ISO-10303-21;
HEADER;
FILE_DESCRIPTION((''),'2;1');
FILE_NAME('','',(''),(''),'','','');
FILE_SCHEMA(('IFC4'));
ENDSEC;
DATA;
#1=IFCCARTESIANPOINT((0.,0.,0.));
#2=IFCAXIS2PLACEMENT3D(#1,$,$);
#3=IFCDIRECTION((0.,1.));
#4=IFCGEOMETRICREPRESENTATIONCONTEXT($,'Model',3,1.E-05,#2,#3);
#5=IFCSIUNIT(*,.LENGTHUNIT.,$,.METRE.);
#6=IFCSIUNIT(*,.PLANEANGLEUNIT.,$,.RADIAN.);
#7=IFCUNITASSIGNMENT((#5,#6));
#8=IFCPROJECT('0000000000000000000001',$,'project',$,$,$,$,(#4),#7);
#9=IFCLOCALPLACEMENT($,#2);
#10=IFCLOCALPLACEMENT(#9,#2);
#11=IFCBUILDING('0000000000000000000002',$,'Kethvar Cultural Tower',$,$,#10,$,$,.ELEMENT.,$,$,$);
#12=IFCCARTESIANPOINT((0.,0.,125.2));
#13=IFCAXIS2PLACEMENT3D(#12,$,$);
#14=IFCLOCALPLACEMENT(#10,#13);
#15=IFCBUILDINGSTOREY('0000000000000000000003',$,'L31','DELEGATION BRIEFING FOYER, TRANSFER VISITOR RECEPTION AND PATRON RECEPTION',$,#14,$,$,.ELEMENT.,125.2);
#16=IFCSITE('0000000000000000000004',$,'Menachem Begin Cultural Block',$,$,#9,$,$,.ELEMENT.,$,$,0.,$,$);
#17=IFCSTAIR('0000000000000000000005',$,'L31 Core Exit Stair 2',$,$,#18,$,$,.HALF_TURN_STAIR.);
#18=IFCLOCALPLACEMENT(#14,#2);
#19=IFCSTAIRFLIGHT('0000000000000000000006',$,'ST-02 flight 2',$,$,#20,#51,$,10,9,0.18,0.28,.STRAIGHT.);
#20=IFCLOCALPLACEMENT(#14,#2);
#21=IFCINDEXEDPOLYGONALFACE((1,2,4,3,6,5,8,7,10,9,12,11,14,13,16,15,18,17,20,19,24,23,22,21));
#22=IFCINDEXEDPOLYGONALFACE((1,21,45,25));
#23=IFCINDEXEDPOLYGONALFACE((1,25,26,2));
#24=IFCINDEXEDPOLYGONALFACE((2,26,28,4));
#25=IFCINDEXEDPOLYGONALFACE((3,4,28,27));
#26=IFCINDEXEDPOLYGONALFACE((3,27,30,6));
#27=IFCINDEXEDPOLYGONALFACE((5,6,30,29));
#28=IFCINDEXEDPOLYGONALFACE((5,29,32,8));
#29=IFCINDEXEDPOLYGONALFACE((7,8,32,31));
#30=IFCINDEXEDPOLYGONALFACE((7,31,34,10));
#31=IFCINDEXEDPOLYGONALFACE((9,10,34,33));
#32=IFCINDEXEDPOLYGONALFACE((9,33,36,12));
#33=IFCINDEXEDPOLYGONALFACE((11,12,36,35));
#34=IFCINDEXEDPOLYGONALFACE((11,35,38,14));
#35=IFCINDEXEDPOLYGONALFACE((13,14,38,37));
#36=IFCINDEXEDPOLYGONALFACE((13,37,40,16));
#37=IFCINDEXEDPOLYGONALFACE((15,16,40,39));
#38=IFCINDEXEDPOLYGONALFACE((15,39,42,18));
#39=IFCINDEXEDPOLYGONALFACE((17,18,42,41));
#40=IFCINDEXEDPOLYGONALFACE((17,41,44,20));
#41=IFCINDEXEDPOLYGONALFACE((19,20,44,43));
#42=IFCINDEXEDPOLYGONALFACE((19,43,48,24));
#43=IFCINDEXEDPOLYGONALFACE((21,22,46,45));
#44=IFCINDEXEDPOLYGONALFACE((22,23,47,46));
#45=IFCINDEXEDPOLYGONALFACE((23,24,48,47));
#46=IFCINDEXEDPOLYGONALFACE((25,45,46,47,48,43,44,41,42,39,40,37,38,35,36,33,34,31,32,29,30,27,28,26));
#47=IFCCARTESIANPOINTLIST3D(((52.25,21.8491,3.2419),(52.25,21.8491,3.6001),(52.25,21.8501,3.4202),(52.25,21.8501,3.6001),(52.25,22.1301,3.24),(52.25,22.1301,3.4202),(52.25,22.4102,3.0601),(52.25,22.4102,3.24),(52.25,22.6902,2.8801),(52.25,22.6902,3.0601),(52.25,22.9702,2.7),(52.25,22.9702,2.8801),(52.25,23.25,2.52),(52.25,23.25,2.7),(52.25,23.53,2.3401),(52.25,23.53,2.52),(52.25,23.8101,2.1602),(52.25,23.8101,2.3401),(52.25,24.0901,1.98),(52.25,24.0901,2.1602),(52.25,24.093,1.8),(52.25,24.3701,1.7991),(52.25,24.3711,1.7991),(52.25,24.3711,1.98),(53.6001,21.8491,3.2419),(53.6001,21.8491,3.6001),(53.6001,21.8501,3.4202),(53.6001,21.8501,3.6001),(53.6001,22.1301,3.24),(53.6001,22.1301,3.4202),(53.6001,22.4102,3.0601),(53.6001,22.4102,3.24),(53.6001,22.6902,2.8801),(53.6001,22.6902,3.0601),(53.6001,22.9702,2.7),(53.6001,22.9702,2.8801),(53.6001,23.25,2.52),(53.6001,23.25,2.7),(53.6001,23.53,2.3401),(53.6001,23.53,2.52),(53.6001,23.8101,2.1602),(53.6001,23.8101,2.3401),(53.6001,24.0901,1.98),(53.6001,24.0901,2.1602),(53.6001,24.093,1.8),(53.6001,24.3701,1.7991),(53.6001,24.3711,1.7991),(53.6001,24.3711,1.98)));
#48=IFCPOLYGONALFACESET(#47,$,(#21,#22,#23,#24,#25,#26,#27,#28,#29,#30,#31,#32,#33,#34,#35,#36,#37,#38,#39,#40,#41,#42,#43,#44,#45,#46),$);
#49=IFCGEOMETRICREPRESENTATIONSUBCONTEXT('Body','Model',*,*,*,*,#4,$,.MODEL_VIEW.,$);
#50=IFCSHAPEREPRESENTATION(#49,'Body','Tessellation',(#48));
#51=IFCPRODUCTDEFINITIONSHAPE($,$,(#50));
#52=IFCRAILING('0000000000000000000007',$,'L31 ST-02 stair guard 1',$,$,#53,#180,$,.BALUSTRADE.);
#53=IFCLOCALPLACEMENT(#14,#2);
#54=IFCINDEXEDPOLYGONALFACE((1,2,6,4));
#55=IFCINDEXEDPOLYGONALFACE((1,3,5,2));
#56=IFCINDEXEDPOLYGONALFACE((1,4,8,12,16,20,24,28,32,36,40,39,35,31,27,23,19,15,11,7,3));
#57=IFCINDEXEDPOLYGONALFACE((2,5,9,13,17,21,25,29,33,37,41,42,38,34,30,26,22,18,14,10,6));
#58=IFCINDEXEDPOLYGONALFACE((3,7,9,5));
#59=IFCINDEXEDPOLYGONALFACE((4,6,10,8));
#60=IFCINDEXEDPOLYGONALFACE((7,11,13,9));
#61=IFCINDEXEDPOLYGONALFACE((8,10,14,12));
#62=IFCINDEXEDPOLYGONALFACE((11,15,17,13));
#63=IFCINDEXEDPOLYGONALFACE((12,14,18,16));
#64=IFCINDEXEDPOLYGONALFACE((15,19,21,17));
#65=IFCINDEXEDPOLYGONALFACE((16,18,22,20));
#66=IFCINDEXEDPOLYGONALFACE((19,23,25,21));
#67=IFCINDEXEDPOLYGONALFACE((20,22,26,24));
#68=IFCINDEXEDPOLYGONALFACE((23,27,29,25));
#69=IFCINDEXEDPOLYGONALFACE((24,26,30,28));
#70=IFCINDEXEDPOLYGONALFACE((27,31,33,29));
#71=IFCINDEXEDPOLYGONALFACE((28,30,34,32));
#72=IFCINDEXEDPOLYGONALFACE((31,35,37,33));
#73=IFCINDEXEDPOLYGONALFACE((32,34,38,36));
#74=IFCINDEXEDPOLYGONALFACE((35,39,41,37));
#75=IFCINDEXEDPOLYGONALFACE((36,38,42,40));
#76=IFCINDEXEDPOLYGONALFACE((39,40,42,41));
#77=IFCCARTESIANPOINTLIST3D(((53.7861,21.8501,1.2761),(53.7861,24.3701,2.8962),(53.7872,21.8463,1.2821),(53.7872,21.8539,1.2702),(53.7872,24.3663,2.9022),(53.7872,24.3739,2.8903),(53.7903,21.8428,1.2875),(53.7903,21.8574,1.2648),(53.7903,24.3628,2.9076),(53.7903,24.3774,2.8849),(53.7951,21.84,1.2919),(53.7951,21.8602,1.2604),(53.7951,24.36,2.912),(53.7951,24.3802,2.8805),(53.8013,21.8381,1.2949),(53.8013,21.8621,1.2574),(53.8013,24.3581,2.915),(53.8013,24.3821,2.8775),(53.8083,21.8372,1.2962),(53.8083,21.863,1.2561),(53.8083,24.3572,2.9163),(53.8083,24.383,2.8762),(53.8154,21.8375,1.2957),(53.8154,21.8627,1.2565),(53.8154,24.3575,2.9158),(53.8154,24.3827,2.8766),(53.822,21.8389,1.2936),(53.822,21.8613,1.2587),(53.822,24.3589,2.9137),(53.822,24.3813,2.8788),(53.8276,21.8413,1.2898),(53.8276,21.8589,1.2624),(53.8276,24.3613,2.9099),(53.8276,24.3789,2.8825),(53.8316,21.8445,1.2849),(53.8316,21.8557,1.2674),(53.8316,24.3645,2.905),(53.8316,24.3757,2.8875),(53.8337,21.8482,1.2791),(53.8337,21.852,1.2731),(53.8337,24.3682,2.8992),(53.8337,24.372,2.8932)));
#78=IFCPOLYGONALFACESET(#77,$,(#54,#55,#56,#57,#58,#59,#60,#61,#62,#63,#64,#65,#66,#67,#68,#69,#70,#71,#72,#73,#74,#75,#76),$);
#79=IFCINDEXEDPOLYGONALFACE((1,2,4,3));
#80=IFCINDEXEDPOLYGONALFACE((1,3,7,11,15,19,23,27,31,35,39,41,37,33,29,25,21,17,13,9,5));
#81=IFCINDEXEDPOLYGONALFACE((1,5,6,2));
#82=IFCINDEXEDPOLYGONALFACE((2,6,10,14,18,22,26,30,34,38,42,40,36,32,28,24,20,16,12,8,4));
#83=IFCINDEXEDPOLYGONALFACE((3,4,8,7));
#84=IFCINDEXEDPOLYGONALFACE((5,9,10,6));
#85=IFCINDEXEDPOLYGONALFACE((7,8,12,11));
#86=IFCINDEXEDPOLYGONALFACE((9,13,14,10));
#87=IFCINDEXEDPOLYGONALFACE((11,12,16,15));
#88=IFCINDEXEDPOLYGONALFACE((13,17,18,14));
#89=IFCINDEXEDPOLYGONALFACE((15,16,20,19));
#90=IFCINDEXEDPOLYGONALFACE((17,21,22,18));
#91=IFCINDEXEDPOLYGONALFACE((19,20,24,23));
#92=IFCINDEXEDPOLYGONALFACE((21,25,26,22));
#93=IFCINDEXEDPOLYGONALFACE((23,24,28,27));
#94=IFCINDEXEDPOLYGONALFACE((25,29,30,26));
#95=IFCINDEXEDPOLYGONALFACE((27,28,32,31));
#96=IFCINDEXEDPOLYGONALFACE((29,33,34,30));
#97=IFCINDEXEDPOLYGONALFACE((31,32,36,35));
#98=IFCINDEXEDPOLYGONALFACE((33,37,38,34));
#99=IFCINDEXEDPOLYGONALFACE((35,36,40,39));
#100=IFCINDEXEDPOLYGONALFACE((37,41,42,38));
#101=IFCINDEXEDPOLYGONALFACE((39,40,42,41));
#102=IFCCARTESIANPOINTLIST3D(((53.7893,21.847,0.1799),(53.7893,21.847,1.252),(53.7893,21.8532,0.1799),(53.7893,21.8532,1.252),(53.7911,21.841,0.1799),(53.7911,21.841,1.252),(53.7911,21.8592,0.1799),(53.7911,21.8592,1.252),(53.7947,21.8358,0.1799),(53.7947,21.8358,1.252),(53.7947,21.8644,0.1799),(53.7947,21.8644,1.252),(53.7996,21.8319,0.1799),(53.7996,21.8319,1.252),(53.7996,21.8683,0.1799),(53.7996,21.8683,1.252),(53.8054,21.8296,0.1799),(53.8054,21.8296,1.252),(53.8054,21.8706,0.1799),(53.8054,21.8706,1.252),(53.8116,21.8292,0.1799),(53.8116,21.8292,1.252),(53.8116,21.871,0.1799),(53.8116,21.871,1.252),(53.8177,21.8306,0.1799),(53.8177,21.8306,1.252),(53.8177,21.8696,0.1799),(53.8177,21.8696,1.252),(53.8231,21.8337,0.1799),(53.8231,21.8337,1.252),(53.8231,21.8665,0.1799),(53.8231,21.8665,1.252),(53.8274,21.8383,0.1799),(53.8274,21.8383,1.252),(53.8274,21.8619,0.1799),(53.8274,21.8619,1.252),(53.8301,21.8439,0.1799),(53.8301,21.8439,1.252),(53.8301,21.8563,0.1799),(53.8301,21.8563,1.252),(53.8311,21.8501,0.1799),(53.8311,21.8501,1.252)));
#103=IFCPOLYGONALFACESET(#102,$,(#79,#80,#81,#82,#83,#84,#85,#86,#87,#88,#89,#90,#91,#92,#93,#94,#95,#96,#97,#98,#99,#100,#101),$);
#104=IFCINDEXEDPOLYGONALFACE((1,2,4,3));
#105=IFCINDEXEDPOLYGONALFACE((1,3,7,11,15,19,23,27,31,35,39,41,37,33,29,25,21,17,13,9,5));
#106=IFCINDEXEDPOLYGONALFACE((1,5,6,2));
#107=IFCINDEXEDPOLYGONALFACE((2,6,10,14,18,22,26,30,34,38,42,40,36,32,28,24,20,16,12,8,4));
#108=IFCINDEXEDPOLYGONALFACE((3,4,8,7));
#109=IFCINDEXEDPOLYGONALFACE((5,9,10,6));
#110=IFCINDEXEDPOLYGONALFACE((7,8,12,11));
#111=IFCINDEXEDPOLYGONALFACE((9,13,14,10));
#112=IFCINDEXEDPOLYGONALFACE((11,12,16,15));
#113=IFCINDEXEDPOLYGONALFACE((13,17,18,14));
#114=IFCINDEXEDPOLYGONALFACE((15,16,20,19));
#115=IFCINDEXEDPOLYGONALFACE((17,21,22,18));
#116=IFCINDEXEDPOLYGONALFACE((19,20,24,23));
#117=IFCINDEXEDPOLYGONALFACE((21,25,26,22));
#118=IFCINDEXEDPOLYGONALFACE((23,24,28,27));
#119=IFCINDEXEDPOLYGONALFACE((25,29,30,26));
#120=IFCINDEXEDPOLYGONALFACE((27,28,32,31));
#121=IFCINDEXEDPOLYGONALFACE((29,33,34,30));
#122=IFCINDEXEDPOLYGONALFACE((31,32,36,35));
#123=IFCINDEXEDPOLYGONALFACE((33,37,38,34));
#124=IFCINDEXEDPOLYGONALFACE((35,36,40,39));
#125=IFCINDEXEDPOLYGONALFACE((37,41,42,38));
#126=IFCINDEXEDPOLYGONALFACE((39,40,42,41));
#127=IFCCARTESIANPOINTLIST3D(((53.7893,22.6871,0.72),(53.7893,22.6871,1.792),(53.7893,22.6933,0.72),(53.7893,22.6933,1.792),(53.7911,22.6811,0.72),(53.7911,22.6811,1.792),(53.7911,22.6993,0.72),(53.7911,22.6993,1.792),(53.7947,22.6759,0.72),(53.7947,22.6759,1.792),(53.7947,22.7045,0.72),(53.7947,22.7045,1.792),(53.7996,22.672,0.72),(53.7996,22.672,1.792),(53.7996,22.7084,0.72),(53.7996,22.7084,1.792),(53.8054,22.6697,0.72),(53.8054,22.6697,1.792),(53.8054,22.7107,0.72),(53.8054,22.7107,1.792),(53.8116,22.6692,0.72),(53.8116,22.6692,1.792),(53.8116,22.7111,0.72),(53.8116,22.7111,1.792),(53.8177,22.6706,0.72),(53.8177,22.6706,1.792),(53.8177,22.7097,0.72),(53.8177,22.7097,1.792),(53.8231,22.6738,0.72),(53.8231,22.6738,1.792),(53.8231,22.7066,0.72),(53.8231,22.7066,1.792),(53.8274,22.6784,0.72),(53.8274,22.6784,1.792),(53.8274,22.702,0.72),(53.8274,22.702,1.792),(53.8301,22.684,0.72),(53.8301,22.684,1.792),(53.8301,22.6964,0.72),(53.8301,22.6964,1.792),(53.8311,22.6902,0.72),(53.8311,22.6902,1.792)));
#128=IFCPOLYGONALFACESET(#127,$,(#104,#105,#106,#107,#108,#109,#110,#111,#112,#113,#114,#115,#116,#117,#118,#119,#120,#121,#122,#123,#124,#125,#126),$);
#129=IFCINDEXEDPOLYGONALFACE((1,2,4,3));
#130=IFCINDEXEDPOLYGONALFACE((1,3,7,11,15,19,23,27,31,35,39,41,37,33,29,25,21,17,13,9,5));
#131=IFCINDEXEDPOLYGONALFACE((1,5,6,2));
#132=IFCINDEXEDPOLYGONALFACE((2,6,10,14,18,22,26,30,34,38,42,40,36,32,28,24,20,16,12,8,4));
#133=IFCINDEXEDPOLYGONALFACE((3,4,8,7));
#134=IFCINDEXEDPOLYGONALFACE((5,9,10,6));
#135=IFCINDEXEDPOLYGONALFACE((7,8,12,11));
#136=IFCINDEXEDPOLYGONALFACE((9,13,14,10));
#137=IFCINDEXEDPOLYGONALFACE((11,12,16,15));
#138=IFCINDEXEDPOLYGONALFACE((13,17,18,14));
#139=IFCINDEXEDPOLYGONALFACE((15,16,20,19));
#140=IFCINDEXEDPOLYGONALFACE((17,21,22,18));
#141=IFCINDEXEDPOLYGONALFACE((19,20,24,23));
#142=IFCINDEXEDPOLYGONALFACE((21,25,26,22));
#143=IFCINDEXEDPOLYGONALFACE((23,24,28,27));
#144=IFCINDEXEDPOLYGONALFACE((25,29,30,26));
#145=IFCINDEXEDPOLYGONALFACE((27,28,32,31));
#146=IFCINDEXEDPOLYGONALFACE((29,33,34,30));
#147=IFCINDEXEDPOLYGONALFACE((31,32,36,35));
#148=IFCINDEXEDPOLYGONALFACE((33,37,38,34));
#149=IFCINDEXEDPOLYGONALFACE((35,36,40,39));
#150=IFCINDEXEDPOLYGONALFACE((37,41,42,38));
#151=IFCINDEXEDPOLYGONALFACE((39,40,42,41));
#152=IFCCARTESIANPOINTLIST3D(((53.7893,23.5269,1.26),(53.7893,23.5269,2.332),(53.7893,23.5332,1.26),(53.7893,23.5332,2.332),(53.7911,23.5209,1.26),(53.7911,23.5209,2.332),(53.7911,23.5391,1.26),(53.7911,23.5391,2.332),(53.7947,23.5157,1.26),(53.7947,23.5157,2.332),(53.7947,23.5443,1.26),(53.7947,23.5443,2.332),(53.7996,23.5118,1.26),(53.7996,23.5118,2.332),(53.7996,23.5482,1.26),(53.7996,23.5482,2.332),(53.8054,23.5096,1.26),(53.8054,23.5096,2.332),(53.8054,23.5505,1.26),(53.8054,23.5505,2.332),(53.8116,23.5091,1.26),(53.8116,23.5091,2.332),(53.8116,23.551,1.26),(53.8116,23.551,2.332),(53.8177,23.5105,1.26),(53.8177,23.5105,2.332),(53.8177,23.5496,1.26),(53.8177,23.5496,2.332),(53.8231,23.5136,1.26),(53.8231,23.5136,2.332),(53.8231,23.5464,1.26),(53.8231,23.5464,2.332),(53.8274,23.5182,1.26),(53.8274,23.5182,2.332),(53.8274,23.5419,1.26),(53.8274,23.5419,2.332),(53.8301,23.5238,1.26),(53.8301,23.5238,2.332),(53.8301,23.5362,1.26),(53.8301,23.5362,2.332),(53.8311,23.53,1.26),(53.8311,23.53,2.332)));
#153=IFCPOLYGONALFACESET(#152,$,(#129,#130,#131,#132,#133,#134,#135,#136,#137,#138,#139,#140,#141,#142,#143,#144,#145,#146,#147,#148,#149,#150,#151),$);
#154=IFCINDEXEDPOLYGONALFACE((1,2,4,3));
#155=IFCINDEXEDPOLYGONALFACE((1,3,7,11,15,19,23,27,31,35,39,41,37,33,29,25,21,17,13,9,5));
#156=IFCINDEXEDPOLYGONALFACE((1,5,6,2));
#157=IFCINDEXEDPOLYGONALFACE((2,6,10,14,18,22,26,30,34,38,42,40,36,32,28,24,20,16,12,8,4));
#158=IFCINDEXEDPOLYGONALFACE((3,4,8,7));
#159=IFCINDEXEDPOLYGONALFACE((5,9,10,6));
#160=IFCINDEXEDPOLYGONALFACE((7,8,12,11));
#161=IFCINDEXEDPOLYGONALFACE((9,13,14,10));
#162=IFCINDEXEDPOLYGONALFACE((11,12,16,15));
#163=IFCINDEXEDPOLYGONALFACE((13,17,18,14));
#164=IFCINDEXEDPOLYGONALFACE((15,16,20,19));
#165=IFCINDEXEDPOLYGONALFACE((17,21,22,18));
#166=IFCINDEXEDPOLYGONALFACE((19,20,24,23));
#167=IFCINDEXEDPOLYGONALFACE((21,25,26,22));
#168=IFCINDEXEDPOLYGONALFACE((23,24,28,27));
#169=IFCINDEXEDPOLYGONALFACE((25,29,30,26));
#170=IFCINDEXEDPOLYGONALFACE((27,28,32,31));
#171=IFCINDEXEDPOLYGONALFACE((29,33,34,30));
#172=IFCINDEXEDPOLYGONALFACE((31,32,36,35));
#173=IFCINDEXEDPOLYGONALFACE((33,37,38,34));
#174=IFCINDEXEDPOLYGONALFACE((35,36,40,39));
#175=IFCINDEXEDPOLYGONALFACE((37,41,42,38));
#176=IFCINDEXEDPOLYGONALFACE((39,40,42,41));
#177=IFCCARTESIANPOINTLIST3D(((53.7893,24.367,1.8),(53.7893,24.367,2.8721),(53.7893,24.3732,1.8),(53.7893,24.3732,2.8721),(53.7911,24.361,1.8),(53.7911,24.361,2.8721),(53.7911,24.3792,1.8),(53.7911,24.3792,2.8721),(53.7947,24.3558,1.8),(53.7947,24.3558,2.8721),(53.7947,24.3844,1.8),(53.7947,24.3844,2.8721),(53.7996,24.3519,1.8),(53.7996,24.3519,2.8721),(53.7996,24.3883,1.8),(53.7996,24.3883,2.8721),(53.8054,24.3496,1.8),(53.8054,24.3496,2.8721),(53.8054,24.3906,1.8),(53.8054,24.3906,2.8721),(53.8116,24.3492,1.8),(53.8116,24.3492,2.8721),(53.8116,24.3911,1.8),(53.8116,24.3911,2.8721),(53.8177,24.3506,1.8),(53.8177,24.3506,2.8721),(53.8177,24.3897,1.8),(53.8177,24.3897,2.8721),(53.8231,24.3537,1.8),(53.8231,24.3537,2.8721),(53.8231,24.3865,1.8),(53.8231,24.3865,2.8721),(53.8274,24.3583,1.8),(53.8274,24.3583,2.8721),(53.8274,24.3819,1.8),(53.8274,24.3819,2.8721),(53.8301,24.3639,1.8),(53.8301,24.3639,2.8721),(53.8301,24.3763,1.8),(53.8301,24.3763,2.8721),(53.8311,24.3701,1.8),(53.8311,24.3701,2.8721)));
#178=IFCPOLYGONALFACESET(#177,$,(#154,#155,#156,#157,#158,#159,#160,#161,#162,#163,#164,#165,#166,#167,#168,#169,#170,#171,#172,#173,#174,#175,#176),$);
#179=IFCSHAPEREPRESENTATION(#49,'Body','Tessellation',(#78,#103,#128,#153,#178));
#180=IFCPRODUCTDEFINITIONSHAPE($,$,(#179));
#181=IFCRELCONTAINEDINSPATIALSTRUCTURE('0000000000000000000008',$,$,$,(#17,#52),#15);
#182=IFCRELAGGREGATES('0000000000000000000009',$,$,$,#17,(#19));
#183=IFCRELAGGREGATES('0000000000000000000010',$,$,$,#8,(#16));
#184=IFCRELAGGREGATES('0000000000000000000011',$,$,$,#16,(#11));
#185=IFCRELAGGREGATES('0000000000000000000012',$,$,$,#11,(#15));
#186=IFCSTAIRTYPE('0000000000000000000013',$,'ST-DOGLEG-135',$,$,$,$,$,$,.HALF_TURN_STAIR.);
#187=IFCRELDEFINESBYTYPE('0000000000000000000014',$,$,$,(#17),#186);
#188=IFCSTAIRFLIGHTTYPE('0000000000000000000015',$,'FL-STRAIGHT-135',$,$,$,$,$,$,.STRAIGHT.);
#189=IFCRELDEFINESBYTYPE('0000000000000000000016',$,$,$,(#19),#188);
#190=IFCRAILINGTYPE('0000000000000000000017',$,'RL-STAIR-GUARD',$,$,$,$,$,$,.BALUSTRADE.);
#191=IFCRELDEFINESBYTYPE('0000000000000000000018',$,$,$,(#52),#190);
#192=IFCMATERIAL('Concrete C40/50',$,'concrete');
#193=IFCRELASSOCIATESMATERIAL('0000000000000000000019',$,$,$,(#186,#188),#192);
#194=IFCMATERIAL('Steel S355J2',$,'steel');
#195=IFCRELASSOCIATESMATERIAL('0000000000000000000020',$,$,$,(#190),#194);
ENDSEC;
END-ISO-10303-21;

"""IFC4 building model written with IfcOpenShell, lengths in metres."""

from ifc_helpers import new_model, si_unit, direction, frame, origin, origin_2d, place, context, subcontext, project, spatial, polyline, circle, outline, extrude, material, type_object, element, aggregate, save


model = new_model("IFC4")

# Units and contexts
model_context = context("Model", 3, precision=1e-05, world=origin(), true_north=direction((0.0, 1.0)))
body_context = subcontext(model_context, "Body", "Model", "MODEL_VIEW")
ifc_project = project(units=[si_unit("LENGTHUNIT", "METRE"), si_unit("PLANEANGLEUNIT", "RADIAN")], contexts=[model_context])

# Site, building, storey
site_placement = place(None, origin())
site = spatial("IfcSite", under=ifc_project, at=site_placement, Name="Menachem Begin Cultural Block", CompositionType="ELEMENT", RefElevation=0.0)
building_placement = place(site_placement, origin())
building = spatial("IfcBuilding", under=site, at=building_placement, Name="Kethvar Cultural Tower", CompositionType="ELEMENT")
storey_placement = place(building_placement, frame((0.0, 0.0, 125.2)))
storey = spatial("IfcBuildingStorey", under=building, at=storey_placement, Name="L31", Description="DELEGATION BRIEFING FOYER, TRANSFER VISITOR RECEPTION AND PATRON RECEPTION", CompositionType="ELEMENT", Elevation=125.2)

# Shared definitions
ifc_material_1 = material(Name="Steel S355J2", Category="steel")

# Stair, stair flight
ifc_material_2 = material(Name="Concrete C40/50", Category="concrete")
stair_type = type_object("IfcStairType", Name="ST-DOGLEG-135", PredefinedType="HALF_TURN_STAIR", material=ifc_material_2)
stair_placement = place(storey_placement, origin())
stair = element("IfcStair", 1, at=stair_placement, inside=storey, type_object=stair_type, Name="L31 Core Exit Stair 2", PredefinedType="HALF_TURN_STAIR")
stair_flight_type = type_object("IfcStairFlightType", Name="FL-STRAIGHT-135", PredefinedType="STRAIGHT", material=ifc_material_2)
stair_flight_1_placement = place(storey_placement, frame((52.925, 24.3701, 1.8), z_axis=(0.0, 0.0, 1.0), x_axis=(0.0, -1.0, 0.0)))
stair_flight_1 = element("IfcStairFlight", 2, at=stair_flight_1_placement, type_object=stair_flight_type, Name="ST-02 flight 2", NumberOfRisers=10, NumberOfTreads=9, PredefinedType="STRAIGHT", RiserHeight=0.18, TreadLength=0.28, context=body_context, shape_type="SweptSolid", body=[
    extrude(outline(polyline([(-0.001, -0.001), (-0.001, 0.1799), (0.28, 0.1799), (0.28, 0.3601), (0.5601, 0.3601), (0.5601, 0.54), (0.8401, 0.54), (0.8401, 0.72), (1.1201, 0.72), (1.1201, 0.8999), (1.3999, 0.8999), (1.3999, 1.0801), (1.6799, 1.0801), (1.6799, 1.26), (1.96, 1.26), (1.96, 1.4399), (2.24, 1.4399), (2.24, 1.6201), (2.52, 1.6201), (2.52, 1.8), (2.521, 1.8), (2.521, 1.4419), (0.2771, 0.0), (0.0, -0.001), (-0.001, -0.001)])), frame((0.0, 0.675, 0.0), z_axis=(0.0, -1.0, 0.0), x_axis=(1.0, 0.0, 0.0)), (0.0, 0.0, 1.0), 1.3501),
])
aggregate(stair, [stair_flight_1])

# Railing
railing_type_1 = type_object("IfcRailingType", Name="RL-STAIR-GUARD", PredefinedType="BALUSTRADE", material=ifc_material_1)
railing_1_placement = place(storey_placement, frame((53.8101, 21.8501, 0.1799)))
element("IfcRailing", 3, at=railing_1_placement, inside=storey, type_object=railing_type_1, Name="L31 ST-02 stair guard 1", PredefinedType="BALUSTRADE", context=body_context, shape_type="SweptSolid", body=[
    extrude(circle(Radius=0.0239, at=origin_2d()), frame((0.0, 0.0, 1.0962), z_axis=(0.0, 0.841163, 0.540782), x_axis=(-1.0, 0.0, 0.0)), (0.0, 0.0, 1.0), 2.9958),
    extrude(circle(Radius=0.021, at=origin_2d()), origin(), (0.0, 0.0, 1.0), 1.072),
    extrude(circle(Radius=0.021, at=origin_2d()), frame((0.0, 0.8401, 0.54)), (0.0, 0.0, 1.0), 1.072),
    extrude(circle(Radius=0.021, at=origin_2d()), frame((0.0, 1.6799, 1.0801)), (0.0, 0.0, 1.0), 1.072),
    extrude(circle(Radius=0.021, at=origin_2d()), frame((0.0, 2.52, 1.6201)), (0.0, 0.0, 1.0), 1.072),
])

save(model, "model.ifc")
